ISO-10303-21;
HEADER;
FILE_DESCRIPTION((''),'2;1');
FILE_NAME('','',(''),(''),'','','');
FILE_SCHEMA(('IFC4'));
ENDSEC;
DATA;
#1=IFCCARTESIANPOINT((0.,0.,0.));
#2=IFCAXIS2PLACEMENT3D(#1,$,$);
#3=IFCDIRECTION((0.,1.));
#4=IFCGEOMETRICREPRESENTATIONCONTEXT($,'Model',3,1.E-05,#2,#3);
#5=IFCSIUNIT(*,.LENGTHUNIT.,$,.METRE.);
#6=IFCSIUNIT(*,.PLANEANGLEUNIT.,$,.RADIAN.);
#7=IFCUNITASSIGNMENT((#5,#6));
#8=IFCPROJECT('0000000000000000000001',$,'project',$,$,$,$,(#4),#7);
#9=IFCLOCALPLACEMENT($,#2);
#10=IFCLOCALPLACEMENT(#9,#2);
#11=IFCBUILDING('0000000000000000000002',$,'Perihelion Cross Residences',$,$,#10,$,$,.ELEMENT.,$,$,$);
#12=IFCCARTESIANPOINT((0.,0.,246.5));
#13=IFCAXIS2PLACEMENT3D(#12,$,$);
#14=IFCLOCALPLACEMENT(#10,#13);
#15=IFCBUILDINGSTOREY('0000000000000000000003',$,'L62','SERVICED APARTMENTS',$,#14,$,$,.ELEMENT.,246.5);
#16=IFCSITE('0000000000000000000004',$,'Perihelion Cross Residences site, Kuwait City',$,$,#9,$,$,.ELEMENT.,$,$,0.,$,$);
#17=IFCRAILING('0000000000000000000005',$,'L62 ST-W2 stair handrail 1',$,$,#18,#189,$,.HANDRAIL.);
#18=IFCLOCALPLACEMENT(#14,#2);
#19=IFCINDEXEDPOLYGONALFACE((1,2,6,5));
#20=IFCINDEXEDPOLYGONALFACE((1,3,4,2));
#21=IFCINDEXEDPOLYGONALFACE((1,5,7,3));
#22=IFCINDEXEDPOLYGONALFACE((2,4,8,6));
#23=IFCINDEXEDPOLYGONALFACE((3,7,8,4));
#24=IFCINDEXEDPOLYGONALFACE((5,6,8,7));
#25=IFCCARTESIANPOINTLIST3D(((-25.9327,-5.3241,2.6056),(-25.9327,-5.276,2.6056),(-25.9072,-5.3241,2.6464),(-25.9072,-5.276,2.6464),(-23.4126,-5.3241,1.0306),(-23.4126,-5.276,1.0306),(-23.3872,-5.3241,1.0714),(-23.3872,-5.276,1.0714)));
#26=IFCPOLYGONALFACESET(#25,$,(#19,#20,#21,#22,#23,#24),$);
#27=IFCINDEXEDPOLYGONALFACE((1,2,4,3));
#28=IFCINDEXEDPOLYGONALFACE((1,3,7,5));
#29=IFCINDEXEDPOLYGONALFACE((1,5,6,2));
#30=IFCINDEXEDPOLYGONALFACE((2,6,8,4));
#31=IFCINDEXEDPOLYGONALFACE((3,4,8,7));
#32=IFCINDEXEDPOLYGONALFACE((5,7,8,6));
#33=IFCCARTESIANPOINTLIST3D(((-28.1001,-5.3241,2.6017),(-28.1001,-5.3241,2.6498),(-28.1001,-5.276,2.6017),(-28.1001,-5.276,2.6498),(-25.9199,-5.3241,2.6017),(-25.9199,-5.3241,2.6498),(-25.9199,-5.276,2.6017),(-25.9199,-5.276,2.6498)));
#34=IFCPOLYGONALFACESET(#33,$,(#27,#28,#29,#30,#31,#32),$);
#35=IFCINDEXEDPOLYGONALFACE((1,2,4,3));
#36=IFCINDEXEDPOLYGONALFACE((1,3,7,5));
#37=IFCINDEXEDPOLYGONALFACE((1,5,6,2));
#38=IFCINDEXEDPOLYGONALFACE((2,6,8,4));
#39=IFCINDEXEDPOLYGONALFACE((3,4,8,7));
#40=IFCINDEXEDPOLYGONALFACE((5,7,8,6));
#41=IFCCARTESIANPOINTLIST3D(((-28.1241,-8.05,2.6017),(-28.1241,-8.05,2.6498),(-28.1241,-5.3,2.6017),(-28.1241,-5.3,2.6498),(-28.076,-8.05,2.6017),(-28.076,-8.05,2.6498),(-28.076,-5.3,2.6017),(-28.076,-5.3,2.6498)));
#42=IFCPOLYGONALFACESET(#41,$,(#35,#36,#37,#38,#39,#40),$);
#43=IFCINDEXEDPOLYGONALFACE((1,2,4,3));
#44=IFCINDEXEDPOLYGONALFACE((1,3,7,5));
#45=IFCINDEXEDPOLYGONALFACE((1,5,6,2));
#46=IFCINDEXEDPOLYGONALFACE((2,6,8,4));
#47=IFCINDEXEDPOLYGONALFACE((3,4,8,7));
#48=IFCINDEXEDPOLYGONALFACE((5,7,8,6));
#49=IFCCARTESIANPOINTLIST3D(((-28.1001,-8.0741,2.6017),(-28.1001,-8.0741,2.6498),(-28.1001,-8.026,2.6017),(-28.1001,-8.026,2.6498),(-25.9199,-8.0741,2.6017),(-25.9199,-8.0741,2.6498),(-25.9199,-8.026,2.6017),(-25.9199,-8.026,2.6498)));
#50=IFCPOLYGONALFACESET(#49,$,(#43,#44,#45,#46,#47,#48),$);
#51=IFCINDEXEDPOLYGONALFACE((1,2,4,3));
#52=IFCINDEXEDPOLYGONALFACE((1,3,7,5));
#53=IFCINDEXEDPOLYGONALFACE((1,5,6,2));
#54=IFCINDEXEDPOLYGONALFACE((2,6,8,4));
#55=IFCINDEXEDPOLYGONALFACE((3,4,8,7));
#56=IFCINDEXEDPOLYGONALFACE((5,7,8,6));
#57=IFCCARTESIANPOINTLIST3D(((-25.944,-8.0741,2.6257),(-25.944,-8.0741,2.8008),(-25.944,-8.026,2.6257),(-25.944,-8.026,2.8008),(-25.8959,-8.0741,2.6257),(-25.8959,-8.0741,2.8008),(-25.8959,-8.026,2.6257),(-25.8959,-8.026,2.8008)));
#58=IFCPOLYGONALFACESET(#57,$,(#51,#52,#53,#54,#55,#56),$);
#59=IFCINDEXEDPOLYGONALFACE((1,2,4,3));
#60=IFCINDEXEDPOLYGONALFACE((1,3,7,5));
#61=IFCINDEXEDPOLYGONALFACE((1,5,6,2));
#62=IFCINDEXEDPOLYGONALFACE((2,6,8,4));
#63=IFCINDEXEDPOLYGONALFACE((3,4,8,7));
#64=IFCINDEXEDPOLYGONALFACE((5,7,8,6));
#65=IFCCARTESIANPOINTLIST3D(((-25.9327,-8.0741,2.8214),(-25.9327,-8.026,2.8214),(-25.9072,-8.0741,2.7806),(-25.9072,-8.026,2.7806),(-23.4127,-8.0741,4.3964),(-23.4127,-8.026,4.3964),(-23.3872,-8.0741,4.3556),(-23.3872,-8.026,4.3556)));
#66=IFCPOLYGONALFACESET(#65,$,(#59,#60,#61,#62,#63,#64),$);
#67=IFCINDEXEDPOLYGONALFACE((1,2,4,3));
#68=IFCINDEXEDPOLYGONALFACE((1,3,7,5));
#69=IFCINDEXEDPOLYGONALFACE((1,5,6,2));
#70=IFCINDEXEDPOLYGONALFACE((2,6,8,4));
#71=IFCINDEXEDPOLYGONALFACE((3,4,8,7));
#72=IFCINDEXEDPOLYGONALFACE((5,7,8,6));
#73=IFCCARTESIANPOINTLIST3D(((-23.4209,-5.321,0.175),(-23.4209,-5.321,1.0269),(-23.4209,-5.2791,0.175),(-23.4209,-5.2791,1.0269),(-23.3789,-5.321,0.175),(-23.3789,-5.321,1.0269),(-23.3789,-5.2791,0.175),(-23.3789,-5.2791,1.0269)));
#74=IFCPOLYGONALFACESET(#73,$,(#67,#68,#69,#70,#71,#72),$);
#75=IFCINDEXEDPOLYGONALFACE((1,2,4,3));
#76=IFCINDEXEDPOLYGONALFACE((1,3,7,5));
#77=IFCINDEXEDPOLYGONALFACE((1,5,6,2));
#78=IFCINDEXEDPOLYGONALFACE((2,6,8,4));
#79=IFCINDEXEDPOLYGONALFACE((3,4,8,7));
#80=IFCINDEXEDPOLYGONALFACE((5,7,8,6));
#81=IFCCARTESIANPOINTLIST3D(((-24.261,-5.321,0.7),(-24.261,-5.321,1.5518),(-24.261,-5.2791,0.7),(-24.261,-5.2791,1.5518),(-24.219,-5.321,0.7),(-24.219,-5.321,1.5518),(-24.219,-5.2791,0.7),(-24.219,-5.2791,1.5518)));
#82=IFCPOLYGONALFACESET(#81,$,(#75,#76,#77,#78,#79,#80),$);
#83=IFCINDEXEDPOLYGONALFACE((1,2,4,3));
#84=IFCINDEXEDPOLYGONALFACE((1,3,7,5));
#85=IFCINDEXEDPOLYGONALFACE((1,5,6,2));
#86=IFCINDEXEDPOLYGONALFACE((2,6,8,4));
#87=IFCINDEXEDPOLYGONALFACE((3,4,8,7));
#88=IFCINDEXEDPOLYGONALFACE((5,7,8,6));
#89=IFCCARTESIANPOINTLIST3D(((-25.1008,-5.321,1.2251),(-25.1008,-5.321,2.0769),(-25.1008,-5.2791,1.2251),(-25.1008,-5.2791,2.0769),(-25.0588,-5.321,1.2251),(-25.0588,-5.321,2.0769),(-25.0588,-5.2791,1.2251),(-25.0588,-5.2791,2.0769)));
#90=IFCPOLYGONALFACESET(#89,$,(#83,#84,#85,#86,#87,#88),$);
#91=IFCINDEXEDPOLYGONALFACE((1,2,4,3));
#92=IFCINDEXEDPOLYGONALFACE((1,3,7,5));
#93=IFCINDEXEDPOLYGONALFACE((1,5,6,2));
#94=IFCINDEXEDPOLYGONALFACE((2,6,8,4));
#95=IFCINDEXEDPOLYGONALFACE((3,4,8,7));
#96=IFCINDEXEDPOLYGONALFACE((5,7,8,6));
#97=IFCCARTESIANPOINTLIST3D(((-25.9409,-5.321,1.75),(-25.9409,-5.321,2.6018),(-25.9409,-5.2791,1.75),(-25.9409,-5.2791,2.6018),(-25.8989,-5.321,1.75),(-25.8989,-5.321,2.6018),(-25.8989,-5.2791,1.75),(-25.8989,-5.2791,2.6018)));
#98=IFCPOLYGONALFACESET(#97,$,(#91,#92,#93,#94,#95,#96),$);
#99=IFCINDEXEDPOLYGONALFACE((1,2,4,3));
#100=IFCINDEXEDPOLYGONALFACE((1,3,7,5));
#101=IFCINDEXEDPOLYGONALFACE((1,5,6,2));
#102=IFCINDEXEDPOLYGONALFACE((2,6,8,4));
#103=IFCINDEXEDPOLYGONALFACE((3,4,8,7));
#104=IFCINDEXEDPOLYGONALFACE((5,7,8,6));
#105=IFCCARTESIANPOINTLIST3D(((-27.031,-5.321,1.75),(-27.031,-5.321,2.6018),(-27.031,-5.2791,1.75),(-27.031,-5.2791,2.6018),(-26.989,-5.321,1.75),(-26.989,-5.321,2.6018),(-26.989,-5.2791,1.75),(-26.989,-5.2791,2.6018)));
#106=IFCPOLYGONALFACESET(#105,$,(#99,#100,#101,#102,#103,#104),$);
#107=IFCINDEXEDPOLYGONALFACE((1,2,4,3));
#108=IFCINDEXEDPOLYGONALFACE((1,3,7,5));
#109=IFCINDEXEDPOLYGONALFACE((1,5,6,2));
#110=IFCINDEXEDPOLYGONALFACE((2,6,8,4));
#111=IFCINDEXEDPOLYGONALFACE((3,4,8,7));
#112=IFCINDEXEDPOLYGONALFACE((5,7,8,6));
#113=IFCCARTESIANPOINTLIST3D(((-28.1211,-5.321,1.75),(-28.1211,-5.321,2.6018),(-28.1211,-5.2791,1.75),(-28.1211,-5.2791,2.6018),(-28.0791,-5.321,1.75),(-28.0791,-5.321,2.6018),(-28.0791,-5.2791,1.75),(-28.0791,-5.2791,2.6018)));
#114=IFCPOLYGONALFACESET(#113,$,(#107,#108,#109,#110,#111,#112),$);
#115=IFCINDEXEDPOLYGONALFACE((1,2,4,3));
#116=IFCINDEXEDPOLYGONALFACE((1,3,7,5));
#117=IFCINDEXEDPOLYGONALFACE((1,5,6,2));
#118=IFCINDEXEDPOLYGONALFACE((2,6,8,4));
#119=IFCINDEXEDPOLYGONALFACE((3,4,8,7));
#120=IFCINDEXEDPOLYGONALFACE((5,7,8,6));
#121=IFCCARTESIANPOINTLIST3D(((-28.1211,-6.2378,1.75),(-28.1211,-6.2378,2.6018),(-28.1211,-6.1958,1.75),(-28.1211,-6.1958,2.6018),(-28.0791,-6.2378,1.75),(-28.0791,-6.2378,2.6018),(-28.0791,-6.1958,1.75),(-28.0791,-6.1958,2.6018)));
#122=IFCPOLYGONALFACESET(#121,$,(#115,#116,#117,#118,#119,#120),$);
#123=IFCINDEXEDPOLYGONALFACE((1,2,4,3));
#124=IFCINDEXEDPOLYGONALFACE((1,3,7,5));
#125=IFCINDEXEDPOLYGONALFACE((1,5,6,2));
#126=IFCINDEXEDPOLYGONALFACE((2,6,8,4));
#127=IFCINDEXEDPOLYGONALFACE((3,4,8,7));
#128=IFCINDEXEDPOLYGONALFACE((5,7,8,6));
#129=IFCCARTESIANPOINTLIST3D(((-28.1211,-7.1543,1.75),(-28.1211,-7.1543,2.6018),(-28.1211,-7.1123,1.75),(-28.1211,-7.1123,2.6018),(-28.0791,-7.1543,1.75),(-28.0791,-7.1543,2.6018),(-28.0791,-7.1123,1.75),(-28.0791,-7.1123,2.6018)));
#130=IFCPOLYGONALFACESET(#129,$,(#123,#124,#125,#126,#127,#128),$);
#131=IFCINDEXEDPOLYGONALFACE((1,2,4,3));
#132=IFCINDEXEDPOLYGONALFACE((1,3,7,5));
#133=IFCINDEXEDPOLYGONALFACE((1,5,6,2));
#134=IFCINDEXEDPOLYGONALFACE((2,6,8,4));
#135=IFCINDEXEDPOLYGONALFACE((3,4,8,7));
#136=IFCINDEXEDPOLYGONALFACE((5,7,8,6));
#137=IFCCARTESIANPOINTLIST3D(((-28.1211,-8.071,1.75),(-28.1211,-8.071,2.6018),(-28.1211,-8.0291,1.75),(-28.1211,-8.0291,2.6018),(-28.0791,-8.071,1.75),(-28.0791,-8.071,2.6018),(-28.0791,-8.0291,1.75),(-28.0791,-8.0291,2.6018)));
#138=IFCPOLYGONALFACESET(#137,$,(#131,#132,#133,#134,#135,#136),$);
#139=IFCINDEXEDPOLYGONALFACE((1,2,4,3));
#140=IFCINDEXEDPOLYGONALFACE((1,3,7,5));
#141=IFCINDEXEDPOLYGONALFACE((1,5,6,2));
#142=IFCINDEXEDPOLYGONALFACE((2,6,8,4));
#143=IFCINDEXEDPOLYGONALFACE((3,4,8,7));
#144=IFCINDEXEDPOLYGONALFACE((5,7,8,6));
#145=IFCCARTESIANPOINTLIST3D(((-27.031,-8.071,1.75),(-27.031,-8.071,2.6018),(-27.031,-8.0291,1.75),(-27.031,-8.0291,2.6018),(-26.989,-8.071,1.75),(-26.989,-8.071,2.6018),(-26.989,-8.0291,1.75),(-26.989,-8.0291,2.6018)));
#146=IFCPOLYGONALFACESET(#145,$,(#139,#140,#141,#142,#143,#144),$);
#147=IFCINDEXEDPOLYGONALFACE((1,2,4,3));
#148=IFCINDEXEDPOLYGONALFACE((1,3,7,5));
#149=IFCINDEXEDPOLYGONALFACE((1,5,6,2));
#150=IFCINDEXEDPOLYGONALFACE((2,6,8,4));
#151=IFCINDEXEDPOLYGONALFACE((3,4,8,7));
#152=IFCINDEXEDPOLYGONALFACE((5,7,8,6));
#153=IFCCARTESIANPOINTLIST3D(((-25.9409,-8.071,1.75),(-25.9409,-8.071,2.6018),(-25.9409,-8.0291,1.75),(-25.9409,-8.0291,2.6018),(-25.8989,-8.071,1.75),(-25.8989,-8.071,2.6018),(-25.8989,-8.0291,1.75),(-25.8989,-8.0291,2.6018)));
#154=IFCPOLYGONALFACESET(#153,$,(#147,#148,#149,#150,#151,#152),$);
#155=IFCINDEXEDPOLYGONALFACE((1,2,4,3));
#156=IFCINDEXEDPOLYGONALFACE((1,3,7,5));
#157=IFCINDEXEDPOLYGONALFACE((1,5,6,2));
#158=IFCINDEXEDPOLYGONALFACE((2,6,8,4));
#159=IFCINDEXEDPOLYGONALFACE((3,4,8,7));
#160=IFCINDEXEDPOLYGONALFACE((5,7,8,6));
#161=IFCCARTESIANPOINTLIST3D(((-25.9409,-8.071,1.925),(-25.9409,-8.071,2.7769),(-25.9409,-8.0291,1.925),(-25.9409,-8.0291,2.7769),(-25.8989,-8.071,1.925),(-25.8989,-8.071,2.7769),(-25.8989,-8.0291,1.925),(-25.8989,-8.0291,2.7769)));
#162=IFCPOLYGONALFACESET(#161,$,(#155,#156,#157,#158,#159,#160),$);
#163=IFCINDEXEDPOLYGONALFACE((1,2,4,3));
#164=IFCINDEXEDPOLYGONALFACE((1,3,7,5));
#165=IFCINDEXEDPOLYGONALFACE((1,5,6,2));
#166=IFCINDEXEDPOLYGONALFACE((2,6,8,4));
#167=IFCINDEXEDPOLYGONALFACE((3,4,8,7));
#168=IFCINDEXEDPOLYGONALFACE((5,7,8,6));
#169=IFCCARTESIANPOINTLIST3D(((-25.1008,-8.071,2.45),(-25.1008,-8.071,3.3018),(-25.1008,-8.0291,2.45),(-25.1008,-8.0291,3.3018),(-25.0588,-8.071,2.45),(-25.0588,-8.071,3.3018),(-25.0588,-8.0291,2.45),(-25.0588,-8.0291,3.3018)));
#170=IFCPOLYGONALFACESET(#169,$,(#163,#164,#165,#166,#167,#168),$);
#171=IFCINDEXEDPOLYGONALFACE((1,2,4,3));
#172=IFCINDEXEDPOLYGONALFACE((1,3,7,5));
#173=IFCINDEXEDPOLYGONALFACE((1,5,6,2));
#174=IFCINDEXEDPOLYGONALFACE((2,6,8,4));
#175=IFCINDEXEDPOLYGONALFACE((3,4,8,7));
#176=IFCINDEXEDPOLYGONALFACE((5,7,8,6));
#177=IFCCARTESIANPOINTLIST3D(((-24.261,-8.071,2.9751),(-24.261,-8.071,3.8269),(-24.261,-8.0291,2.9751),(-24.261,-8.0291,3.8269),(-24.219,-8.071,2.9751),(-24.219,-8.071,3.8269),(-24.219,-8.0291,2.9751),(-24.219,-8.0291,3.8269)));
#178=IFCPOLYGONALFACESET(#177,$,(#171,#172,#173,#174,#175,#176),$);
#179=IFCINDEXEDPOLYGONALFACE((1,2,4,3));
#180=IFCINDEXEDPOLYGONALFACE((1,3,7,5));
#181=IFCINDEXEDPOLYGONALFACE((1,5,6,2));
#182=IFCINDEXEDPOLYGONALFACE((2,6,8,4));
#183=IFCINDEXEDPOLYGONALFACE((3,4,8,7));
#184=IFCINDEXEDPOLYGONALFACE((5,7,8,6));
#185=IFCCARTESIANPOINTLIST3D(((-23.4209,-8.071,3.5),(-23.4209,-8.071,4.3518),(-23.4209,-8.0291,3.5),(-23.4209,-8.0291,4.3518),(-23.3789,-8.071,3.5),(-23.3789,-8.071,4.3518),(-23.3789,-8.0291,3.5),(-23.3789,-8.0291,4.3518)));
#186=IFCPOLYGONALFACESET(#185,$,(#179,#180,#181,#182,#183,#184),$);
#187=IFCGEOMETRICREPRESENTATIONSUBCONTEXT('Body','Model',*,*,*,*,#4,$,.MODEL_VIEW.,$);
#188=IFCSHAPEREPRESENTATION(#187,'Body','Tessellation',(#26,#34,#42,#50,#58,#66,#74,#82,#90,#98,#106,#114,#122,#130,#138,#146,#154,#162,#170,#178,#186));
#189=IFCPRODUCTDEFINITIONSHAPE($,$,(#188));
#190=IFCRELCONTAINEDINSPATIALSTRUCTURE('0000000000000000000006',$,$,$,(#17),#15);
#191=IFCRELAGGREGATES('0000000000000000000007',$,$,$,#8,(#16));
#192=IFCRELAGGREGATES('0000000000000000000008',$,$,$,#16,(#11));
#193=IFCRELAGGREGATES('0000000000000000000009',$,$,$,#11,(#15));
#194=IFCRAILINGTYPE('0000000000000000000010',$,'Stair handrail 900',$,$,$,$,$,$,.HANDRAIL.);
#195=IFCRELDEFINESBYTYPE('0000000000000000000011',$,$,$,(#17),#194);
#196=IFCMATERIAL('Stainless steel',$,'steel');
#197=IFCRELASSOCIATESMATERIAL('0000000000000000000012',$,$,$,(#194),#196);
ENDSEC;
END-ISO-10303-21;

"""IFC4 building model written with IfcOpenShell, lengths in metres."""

from ifc_helpers import new_model, si_unit, direction, frame, origin, origin_2d, place, context, subcontext, project, spatial, rectangle, extrude, material, type_object, element, save


model = new_model("IFC4")

# Units and contexts
model_context = context("Model", 3, precision=1e-05, world=origin(), true_north=direction((0.0, 1.0)))
body_context = subcontext(model_context, "Body", "Model", "MODEL_VIEW")
ifc_project = project(units=[si_unit("LENGTHUNIT", "METRE"), si_unit("PLANEANGLEUNIT", "RADIAN")], contexts=[model_context])

# Site, building, storey
site_placement = place(None, origin())
site = spatial("IfcSite", under=ifc_project, at=site_placement, Name="Perihelion Cross Residences site, Kuwait City", CompositionType="ELEMENT", RefElevation=0.0)
building_placement = place(site_placement, origin())
building = spatial("IfcBuilding", under=site, at=building_placement, Name="Perihelion Cross Residences", CompositionType="ELEMENT")
storey_placement = place(building_placement, frame((0.0, 0.0, 246.5)))
storey = spatial("IfcBuildingStorey", under=building, at=storey_placement, Name="L62", Description="SERVICED APARTMENTS", CompositionType="ELEMENT", Elevation=246.5)

# Railing
ifc_material_1 = material(Name="Stainless steel", Category="steel")
railing_type_1 = type_object("IfcRailingType", Name="Stair handrail 900", PredefinedType="HANDRAIL", material=ifc_material_1)
railing_1_placement = place(storey_placement, frame((-23.3999, -5.3, 0.175)))
element("IfcRailing", 1, at=railing_1_placement, inside=storey, type_object=railing_type_1, Name="L62 ST-W2 stair handrail 1", PredefinedType="HANDRAIL", context=body_context, shape_type="SweptSolid", body=[
    extrude(rectangle(XDim=0.0481, YDim=0.0481, at=origin_2d()), frame((0.0, 0.0, 0.876), z_axis=(-0.848008, 0.0, 0.529984), x_axis=(0.0, -1.0, 0.0)), (0.0, 0.0, 1.0), 2.9717),
    extrude(rectangle(XDim=0.0481, YDim=0.0481, at=origin_2d()), frame((-2.52, 0.0, 2.4507), z_axis=(-1.0, 0.0, 0.0), x_axis=(0.0, -1.0, 0.0)), (0.0, 0.0, 1.0), 2.1802),
    extrude(rectangle(XDim=0.0481, YDim=0.0481, at=origin_2d()), frame((-4.7002, 0.0, 2.4507), z_axis=(0.0, -1.0, 0.0), x_axis=(1.0, 0.0, 0.0)), (0.0, 0.0, 1.0), 2.75),
    extrude(rectangle(XDim=0.0481, YDim=0.0481, at=origin_2d()), frame((-4.7002, -2.75, 2.4507), z_axis=(1.0, 0.0, 0.0), x_axis=(0.0, 1.0, 0.0)), (0.0, 0.0, 1.0), 2.1802),
    extrude(rectangle(XDim=0.0481, YDim=0.0481, at=origin_2d()), frame((-2.52, -2.75, 2.4507), z_axis=(0.0, 0.0, 1.0), x_axis=(1.0, 0.0, 0.0)), (0.0, 0.0, 1.0), 0.175),
    extrude(rectangle(XDim=0.0481, YDim=0.0481, at=origin_2d()), frame((-2.52, -2.75, 2.626), z_axis=(0.848008, 0.0, 0.529984), x_axis=(0.0, 1.0, 0.0)), (0.0, 0.0, 1.0), 2.9717),
    extrude(rectangle(XDim=0.042, YDim=0.042, at=origin_2d()), origin(), (0.0, 0.0, 1.0), 0.8518),
    extrude(rectangle(XDim=0.042, YDim=0.042, at=origin_2d()), frame((-0.8401, 0.0, 0.5249)), (0.0, 0.0, 1.0), 0.8518),
    extrude(rectangle(XDim=0.042, YDim=0.042, at=origin_2d()), frame((-1.6799, 0.0, 1.05)), (0.0, 0.0, 1.0), 0.8518),
    extrude(rectangle(XDim=0.042, YDim=0.042, at=origin_2d()), frame((-2.52, 0.0, 1.575)), (0.0, 0.0, 1.0), 0.8518),
    extrude(rectangle(XDim=0.042, YDim=0.042, at=origin_2d()), frame((-3.6101, 0.0, 1.575)), (0.0, 0.0, 1.0), 0.8518),
    extrude(rectangle(XDim=0.042, YDim=0.042, at=origin_2d()), frame((-4.7002, 0.0, 1.575)), (0.0, 0.0, 1.0), 0.8518),
    extrude(rectangle(XDim=0.042, YDim=0.042, at=origin_2d()), frame((-4.7002, -0.9167, 1.575)), (0.0, 0.0, 1.0), 0.8518),
    extrude(rectangle(XDim=0.042, YDim=0.042, at=origin_2d()), frame((-4.7002, -1.8333, 1.575)), (0.0, 0.0, 1.0), 0.8518),
    extrude(rectangle(XDim=0.042, YDim=0.042, at=origin_2d()), frame((-4.7002, -2.75, 1.575)), (0.0, 0.0, 1.0), 0.8518),
    extrude(rectangle(XDim=0.042, YDim=0.042, at=origin_2d()), frame((-3.6101, -2.75, 1.575)), (0.0, 0.0, 1.0), 0.8518),
    extrude(rectangle(XDim=0.042, YDim=0.042, at=origin_2d()), frame((-2.52, -2.75, 1.575)), (0.0, 0.0, 1.0), 0.8518),
    extrude(rectangle(XDim=0.042, YDim=0.042, at=origin_2d()), frame((-2.52, -2.75, 1.75)), (0.0, 0.0, 1.0), 0.8518),
    extrude(rectangle(XDim=0.042, YDim=0.042, at=origin_2d()), frame((-1.6799, -2.75, 2.2749)), (0.0, 0.0, 1.0), 0.8518),
    extrude(rectangle(XDim=0.042, YDim=0.042, at=origin_2d()), frame((-0.8401, -2.75, 2.8)), (0.0, 0.0, 1.0), 0.8518),
    extrude(rectangle(XDim=0.042, YDim=0.042, at=origin_2d()), frame((0.0, -2.75, 3.325)), (0.0, 0.0, 1.0), 0.8518),
])

save(model, "model.ifc")
